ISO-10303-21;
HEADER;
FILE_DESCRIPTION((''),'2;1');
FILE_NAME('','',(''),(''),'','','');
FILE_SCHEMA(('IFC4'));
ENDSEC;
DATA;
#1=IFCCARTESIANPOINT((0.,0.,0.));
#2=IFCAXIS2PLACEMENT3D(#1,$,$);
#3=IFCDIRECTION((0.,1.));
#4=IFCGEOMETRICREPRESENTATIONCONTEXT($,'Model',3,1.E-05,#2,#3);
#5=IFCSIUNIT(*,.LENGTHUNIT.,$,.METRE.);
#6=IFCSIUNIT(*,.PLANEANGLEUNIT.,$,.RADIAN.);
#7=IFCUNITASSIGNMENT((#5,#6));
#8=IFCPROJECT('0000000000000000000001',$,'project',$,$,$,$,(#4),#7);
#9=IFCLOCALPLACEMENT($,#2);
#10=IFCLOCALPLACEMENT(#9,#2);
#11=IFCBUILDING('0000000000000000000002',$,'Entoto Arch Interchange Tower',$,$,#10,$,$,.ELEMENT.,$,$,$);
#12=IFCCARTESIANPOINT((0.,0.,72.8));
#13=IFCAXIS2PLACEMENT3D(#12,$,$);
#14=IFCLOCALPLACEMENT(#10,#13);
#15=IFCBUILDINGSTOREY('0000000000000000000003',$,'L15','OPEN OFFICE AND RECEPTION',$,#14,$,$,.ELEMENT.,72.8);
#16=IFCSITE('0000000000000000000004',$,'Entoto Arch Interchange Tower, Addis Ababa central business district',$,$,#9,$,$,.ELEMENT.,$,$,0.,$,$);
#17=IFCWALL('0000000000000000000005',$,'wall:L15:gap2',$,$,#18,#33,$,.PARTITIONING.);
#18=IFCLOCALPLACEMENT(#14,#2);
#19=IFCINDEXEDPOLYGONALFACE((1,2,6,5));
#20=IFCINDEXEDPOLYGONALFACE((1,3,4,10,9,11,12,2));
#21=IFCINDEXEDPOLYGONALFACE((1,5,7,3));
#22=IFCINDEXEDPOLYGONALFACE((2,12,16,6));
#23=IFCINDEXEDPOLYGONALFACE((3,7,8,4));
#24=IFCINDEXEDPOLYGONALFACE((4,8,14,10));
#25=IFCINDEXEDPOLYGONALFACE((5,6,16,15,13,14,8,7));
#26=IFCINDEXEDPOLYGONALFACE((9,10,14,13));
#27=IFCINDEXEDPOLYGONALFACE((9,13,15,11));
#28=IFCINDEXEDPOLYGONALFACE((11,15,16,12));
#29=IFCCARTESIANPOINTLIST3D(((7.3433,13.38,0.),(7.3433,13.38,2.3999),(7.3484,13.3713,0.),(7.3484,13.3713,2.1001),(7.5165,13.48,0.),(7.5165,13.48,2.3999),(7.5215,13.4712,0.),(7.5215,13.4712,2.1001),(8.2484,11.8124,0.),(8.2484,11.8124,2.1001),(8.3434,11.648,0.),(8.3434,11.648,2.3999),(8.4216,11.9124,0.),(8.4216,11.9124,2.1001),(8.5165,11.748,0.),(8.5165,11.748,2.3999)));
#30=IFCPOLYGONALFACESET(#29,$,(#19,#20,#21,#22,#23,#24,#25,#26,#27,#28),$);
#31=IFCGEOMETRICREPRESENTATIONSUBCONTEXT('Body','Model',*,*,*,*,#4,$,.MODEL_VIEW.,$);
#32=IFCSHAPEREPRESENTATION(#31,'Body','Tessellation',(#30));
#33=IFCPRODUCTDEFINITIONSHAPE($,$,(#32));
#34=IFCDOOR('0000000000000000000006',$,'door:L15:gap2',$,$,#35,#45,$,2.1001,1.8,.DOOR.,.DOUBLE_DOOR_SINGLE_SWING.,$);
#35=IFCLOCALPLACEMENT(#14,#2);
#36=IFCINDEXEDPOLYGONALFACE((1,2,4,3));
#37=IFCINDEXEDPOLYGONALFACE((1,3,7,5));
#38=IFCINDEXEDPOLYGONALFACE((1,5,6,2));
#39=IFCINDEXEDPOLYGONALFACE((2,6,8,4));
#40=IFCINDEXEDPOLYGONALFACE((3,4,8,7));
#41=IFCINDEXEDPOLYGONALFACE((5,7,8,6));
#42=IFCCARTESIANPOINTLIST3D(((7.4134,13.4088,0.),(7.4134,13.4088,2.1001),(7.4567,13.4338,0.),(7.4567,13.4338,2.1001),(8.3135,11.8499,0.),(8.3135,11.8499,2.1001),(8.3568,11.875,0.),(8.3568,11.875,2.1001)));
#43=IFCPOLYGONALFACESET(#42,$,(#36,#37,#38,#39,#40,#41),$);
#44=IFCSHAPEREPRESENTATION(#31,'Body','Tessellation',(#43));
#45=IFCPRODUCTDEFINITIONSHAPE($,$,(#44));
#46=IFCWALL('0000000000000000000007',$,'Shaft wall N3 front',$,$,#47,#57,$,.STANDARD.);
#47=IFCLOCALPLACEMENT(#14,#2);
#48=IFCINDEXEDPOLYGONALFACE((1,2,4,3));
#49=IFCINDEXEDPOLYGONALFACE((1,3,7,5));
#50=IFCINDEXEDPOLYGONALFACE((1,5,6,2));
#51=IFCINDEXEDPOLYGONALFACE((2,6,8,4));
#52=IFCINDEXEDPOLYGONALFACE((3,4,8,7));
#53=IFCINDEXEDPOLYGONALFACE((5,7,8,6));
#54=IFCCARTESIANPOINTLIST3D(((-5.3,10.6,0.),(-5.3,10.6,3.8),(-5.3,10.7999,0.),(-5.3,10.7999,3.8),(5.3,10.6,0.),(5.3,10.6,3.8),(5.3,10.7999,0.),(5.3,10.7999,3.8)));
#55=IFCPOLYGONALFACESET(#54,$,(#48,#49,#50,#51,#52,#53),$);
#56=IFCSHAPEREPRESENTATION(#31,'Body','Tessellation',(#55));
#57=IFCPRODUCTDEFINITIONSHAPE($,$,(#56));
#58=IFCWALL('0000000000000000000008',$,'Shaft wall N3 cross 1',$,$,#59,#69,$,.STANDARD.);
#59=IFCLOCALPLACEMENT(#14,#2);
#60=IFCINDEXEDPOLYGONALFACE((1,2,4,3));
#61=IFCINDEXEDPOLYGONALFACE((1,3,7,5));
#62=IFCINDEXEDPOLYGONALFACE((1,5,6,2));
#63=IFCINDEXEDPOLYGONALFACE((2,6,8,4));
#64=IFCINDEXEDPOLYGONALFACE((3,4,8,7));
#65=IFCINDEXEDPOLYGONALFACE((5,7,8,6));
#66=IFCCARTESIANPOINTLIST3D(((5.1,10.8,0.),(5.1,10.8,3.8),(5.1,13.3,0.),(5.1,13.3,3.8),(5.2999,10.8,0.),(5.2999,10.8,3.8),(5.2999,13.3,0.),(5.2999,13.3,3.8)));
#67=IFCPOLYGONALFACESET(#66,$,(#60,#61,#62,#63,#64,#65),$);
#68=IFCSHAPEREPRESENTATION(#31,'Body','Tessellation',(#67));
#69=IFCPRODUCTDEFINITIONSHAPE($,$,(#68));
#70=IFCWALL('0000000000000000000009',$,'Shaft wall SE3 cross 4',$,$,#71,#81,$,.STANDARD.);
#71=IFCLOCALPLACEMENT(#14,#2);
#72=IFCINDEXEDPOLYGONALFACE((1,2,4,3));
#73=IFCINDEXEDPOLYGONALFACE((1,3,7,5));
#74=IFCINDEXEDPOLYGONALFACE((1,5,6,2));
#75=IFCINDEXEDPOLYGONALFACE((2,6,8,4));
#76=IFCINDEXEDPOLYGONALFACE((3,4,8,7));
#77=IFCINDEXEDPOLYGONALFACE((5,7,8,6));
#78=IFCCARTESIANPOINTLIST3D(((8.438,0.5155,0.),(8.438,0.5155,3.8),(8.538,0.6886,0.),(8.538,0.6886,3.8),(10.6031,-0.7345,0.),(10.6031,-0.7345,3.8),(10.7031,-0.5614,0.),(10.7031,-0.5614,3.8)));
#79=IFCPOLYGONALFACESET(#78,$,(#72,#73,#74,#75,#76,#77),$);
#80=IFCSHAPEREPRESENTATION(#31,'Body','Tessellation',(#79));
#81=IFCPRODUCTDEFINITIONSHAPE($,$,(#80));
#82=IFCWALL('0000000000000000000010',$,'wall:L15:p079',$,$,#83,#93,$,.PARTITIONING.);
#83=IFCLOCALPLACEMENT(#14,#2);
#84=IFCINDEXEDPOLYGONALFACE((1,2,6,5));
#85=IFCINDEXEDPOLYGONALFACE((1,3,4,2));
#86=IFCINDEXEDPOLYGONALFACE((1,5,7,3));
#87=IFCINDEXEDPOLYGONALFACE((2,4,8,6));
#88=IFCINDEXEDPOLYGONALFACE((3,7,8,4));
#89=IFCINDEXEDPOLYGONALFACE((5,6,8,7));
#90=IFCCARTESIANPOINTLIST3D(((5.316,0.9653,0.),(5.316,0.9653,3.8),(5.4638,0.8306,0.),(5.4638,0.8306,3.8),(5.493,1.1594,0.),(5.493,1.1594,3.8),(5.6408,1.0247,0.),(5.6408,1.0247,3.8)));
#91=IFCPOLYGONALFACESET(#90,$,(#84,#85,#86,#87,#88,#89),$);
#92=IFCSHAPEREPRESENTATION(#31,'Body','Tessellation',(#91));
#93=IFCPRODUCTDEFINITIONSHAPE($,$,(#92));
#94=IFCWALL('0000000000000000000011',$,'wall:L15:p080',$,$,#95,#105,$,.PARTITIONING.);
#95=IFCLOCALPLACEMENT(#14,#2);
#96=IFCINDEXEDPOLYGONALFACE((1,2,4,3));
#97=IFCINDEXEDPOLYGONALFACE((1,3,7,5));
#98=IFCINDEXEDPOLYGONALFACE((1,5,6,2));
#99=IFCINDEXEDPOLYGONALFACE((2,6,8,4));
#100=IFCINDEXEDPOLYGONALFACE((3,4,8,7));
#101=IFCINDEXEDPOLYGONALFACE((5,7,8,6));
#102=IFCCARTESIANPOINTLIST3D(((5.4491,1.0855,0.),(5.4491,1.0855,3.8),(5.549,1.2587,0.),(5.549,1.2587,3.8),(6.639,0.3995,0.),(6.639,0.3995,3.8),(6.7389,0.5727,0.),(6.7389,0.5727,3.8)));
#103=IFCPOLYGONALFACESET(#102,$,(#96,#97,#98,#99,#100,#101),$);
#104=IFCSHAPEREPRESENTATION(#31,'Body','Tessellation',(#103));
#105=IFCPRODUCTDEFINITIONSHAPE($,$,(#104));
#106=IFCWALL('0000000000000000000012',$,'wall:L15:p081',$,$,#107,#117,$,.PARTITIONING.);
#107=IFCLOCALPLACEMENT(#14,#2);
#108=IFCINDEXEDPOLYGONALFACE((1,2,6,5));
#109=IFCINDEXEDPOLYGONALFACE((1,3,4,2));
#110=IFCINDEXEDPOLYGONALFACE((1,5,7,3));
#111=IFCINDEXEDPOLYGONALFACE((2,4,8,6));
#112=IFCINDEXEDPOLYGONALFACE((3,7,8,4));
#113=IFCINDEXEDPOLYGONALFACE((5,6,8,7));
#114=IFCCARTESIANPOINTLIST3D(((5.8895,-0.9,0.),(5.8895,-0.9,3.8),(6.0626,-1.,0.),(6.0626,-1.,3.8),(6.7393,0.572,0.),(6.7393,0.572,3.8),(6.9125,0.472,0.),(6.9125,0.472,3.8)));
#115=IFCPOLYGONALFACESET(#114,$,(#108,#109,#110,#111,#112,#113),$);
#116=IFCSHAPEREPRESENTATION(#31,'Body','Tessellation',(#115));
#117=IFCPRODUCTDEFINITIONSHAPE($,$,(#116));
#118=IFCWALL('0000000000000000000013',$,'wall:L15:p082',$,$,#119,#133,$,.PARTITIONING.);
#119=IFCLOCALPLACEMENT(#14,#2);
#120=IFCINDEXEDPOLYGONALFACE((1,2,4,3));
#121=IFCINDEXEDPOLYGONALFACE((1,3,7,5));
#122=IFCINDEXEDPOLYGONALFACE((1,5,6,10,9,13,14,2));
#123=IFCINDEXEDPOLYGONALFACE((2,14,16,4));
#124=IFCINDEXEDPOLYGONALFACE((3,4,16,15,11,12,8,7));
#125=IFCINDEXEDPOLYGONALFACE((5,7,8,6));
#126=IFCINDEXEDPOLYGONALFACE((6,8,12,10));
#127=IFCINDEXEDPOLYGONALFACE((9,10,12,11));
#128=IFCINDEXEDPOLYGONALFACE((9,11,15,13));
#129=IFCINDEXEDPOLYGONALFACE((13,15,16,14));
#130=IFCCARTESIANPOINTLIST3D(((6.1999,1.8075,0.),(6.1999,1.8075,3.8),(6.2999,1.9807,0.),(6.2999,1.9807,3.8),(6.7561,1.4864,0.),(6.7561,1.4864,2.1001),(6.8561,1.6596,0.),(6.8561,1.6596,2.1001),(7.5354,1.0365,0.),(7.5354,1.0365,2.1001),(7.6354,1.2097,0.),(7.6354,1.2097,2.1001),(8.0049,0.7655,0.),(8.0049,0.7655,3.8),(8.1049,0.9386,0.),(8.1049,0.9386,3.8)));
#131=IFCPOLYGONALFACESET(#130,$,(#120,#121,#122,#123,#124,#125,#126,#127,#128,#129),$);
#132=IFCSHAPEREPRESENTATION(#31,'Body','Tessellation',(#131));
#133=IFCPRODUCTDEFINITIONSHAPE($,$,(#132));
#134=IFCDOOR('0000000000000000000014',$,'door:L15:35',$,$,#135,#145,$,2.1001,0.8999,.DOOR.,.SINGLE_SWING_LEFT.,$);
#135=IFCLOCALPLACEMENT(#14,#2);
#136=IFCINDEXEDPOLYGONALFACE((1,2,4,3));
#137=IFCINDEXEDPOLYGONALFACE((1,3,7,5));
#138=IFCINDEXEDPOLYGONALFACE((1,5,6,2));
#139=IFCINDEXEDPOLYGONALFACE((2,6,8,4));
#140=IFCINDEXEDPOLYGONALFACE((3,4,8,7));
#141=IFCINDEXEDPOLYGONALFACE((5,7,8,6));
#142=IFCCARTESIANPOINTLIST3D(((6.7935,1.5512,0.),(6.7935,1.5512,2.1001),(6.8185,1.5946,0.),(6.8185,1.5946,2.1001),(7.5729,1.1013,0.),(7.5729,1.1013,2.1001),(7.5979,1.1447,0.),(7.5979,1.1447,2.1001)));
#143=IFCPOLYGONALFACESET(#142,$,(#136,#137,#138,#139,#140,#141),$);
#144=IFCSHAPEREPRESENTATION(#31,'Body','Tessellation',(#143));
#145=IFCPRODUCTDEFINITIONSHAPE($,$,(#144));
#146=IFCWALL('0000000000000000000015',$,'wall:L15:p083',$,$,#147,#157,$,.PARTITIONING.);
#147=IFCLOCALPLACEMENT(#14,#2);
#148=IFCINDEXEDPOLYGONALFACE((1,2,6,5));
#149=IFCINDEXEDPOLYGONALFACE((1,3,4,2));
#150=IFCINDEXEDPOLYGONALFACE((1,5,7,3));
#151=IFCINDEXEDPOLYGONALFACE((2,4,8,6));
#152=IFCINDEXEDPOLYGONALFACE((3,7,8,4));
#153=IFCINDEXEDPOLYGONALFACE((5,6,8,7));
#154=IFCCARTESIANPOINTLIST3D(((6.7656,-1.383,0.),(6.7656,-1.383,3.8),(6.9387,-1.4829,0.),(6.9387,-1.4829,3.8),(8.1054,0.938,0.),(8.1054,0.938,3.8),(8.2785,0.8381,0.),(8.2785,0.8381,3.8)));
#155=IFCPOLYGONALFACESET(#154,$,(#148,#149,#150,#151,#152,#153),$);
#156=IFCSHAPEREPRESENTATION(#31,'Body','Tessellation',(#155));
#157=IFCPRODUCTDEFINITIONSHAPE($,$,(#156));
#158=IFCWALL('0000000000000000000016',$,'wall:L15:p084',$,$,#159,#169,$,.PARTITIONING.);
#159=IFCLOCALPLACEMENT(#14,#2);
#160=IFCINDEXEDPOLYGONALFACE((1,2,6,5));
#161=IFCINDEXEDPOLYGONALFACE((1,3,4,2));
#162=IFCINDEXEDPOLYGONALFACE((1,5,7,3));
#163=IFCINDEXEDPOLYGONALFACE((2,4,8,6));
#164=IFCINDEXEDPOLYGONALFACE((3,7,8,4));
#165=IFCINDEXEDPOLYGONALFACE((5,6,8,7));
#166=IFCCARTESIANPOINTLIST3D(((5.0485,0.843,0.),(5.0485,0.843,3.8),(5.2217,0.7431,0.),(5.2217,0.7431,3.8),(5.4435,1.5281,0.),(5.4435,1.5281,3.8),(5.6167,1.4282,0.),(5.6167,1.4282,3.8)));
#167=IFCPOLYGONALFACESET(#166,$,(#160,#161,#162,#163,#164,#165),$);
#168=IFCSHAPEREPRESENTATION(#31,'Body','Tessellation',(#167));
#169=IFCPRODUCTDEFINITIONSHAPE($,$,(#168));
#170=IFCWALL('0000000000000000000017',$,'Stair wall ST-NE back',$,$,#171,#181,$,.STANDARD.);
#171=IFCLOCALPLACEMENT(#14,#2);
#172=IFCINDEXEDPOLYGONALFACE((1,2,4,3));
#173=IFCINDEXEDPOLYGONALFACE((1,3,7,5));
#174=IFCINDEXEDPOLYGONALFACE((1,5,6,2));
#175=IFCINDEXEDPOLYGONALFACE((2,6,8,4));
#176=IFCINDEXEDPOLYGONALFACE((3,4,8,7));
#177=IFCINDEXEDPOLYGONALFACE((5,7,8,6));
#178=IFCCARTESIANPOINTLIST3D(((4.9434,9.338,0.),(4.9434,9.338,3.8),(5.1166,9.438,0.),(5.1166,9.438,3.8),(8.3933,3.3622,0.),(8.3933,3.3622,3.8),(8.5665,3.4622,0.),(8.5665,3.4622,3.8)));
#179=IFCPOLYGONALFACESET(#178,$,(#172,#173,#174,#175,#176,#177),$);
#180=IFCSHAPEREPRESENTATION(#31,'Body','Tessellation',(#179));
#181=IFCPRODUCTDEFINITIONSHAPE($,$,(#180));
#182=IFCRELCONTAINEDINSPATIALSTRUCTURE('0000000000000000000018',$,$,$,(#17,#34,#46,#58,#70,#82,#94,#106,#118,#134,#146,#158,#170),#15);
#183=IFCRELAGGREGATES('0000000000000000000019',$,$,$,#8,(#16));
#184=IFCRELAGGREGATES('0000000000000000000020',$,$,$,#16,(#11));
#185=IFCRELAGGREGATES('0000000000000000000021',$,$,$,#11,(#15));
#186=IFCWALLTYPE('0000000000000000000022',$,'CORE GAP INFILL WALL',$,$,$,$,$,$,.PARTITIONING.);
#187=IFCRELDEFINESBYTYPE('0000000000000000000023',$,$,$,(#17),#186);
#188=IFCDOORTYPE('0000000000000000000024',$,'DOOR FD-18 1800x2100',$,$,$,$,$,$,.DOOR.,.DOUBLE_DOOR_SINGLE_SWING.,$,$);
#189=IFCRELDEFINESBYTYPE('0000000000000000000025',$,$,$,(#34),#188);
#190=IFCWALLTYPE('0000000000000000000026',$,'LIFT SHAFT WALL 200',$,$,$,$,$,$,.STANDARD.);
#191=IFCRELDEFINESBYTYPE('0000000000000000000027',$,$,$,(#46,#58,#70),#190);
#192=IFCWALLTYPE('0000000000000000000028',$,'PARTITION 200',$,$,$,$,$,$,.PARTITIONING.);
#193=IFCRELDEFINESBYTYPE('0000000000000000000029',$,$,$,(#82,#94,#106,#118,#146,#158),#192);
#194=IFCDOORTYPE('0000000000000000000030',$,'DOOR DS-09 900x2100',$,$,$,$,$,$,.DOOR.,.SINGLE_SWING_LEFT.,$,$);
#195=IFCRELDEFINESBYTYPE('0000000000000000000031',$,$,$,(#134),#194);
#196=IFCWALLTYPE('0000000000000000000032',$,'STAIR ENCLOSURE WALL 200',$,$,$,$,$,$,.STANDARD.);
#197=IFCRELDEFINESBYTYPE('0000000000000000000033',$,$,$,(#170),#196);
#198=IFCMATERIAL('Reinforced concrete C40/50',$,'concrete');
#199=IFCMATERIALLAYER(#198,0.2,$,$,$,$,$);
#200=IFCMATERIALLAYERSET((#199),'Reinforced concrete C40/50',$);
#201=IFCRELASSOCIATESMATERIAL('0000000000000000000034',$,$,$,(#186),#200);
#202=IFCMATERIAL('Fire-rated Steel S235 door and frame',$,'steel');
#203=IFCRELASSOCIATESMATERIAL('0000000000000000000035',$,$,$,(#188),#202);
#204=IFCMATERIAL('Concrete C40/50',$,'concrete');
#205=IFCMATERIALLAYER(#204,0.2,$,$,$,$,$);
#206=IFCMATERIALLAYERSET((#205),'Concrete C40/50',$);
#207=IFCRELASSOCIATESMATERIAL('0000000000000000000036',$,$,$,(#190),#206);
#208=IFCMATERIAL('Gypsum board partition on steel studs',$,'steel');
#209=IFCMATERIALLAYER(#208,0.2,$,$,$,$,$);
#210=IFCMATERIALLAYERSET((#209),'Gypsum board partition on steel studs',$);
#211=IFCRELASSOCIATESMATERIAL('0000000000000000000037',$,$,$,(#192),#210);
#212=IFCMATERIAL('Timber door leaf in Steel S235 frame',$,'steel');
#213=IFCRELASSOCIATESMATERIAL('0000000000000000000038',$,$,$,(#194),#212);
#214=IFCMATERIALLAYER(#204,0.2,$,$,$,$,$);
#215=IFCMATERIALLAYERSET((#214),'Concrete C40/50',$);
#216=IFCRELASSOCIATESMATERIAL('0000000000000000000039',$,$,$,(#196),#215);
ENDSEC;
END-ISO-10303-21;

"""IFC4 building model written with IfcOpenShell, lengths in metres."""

from ifc_helpers import new_model, si_unit, direction, frame, frame_2d, origin, place, context, subcontext, project, spatial, rectangle, extrude, material, layer, layer_set, type_object, element, fill, save


model = new_model("IFC4")

# Units and contexts
model_context = context("Model", 3, precision=1e-05, world=origin(), true_north=direction((0.0, 1.0)))
body_context = subcontext(model_context, "Body", "Model", "MODEL_VIEW")
ifc_project = project(units=[si_unit("LENGTHUNIT", "METRE"), si_unit("PLANEANGLEUNIT", "RADIAN")], contexts=[model_context])

# Site, building, storey
site_placement = place(None, origin())
site = spatial("IfcSite", under=ifc_project, at=site_placement, Name="Entoto Arch Interchange Tower, Addis Ababa central business district", CompositionType="ELEMENT", RefElevation=0.0)
building_placement = place(site_placement, origin())
building = spatial("IfcBuilding", under=site, at=building_placement, Name="Entoto Arch Interchange Tower", CompositionType="ELEMENT")
storey_placement = place(building_placement, frame((0.0, 0.0, 72.8)))
storey = spatial("IfcBuildingStorey", under=building, at=storey_placement, Name="L15", Description="OPEN OFFICE AND RECEPTION", CompositionType="ELEMENT", Elevation=72.8)

# Wall, opening, door
ifc_material_1 = material(Name="Reinforced concrete C40/50", Category="concrete")
ifc_layer_1 = layer(ifc_material_1, 0.2)
ifc_layer_set_1 = layer_set([ifc_layer_1], Name="Reinforced concrete C40/50")
wall_type_1 = type_object("IfcWallType", Name="CORE GAP INFILL WALL", PredefinedType="PARTITIONING", material=ifc_layer_set_1)
wall_1_placement = place(storey_placement, frame((8.4299, 11.698, 0.0), z_axis=(0.0, 0.0, 1.0), x_axis=(-0.500025, 0.866011, 0.0)))
wall_1 = element("IfcWall", 1, at=wall_1_placement, inside=storey, type_object=wall_type_1, Name="wall:L15:gap2", PredefinedType="PARTITIONING", context=body_context, shape_type="SweptSolid", body=[
    extrude(rectangle(XDim=2.0, YDim=0.2, at=frame_2d((1.0, 0.0))), origin(), (0.0, 0.0, 1.0), 2.3999),
])
opening_1_placement = place(wall_1_placement, frame((0.1899, 0.0, 0.0)))
opening_1 = element("IfcOpeningElement", 2, at=opening_1_placement, cuts=wall_1, PredefinedType="OPENING", context=body_context, shape_type="SweptSolid", body=[
    extrude(rectangle(XDim=1.8, YDim=2.1001, at=frame_2d((0.8999, 1.05))), frame((0.0, 0.1099, 0.0), z_axis=(0.0, -1.0, 0.0), x_axis=(1.0, 0.0, 0.0)), (0.0, 0.0, 1.0), 0.22),
])
ifc_material_2 = material(Name="Fire-rated Steel S235 door and frame", Category="steel")
door_type_1 = type_object("IfcDoorType", Name="DOOR FD-18 1800x2100", OperationType="DOUBLE_DOOR_SINGLE_SWING", PredefinedType="DOOR", material=ifc_material_2)
door_1_placement = place(opening_1_placement, origin())
door_1 = element("IfcDoor", 3, at=door_1_placement, inside=storey, type_object=door_type_1, Name="door:L15:gap2", OperationType="DOUBLE_DOOR_SINGLE_SWING", OverallHeight=2.1001, OverallWidth=1.8, PredefinedType="DOOR", context=body_context, shape_type="SweptSolid", body=[
    extrude(rectangle(XDim=1.8, YDim=2.1001, at=frame_2d((0.8999, 1.05))), frame((0.0, 0.0249, 0.0), z_axis=(0.0, -1.0, 0.0), x_axis=(1.0, 0.0, 0.0)), (0.0, 0.0, 1.0), 0.05),
])
fill(opening_1, door_1)

# Walls
ifc_material_3 = material(Name="Concrete C40/50", Category="concrete")
ifc_layer_2 = layer(ifc_material_3, 0.2)
ifc_layer_set_2 = layer_set([ifc_layer_2], Name="Concrete C40/50")
wall_type_2 = type_object("IfcWallType", Name="LIFT SHAFT WALL 200", PredefinedType="STANDARD", material=ifc_layer_set_2)
wall_2_placement = place(storey_placement, frame((5.3, 10.7, 0.0), z_axis=(0.0, 0.0, 1.0), x_axis=(-1.0, 0.0, 0.0)))
element("IfcWall", 4, at=wall_2_placement, inside=storey, type_object=wall_type_2, Name="Shaft wall N3 front", PredefinedType="STANDARD", context=body_context, shape_type="SweptSolid", body=[
    extrude(rectangle(XDim=10.6001, YDim=0.2, at=frame_2d((5.3, 0.0))), origin(), (0.0, 0.0, 1.0), 3.8),
])
for number, where, z_axis, x_axis, name in (
    (5, (5.2, 10.8, 0.0), (0.0, 0.0, 1.0), (0.0, 1.0, 0.0), "Shaft wall N3 cross 1"),
    (6, (8.488, 0.6021, 0.0), (0.0, 0.0, 1.0), (0.866023, -0.500004, 0.0), "Shaft wall SE3 cross 4"),
):
    element("IfcWall", number, at=place(storey_placement, frame(where, z_axis=z_axis, x_axis=x_axis)), inside=storey, type_object=wall_type_2, Name=name, PredefinedType="STANDARD", context=body_context, shape_type="SweptSolid", body=[
        extrude(rectangle(XDim=2.5, YDim=0.2, at=frame_2d((1.25, 0.0))), origin(), (0.0, 0.0, 1.0), 3.8),
    ])
ifc_material_4 = material(Name="Gypsum board partition on steel studs", Category="steel")
ifc_layer_3 = layer(ifc_material_4, 0.2)
ifc_layer_set_3 = layer_set([ifc_layer_3], Name="Gypsum board partition on steel studs")
wall_type_3 = type_object("IfcWallType", Name="PARTITION 200", PredefinedType="PARTITIONING", material=ifc_layer_set_3)
wall_3_placement = place(storey_placement, frame((5.3899, 0.8979, 0.0), z_axis=(0.0, 0.0, 1.0), x_axis=(0.673828, 0.738888, 0.0)))
element("IfcWall", 7, at=wall_3_placement, inside=storey, type_object=wall_type_3, Name="wall:L15:p079", PredefinedType="PARTITIONING", context=body_context, shape_type="SweptSolid", body=[
    extrude(rectangle(XDim=0.2627, YDim=0.2, at=frame_2d((0.1313, 0.0))), origin(), (0.0, 0.0, 1.0), 3.8),
])
wall_4_placement = place(storey_placement, frame((5.499, 1.1721, 0.0), z_axis=(0.0, 0.0, 1.0), x_axis=(0.866334, -0.499466, 0.0)))
element("IfcWall", 8, at=wall_4_placement, inside=storey, type_object=wall_type_3, Name="wall:L15:p080", PredefinedType="PARTITIONING", context=body_context, shape_type="SweptSolid", body=[
    extrude(rectangle(XDim=1.3735, YDim=0.2, at=frame_2d((0.6868, 0.0))), origin(), (0.0, 0.0, 1.0), 3.8),
])
wall_5_placement = place(storey_placement, frame((6.8259, 0.522, 0.0), z_axis=(0.0, 0.0, 1.0), x_axis=(-0.500017, -0.866016, 0.0)))
element("IfcWall", 9, at=wall_5_placement, inside=storey, type_object=wall_type_3, Name="wall:L15:p081", PredefinedType="PARTITIONING", context=body_context, shape_type="SweptSolid", body=[
    extrude(rectangle(XDim=1.6997, YDim=0.2, at=frame_2d((0.8499, 0.0))), origin(), (0.0, 0.0, 1.0), 3.8),
])

# Wall, opening, door
wall_6_placement = place(storey_placement, frame((6.25, 1.894, 0.0), z_axis=(0.0, 0.0, 1.0), x_axis=(0.866043, -0.499969, 0.0)))
wall_6 = element("IfcWall", 10, at=wall_6_placement, inside=storey, type_object=wall_type_3, Name="wall:L15:p082", PredefinedType="PARTITIONING", context=body_context, shape_type="SweptSolid", body=[
    extrude(rectangle(XDim=2.0842, YDim=0.2, at=frame_2d((1.042, 0.0))), origin(), (0.0, 0.0, 1.0), 3.8),
])
opening_2_placement = place(wall_6_placement, frame((0.6421, 0.0, 0.0)))
opening_2 = element("IfcOpeningElement", 11, at=opening_2_placement, cuts=wall_6, PredefinedType="OPENING", context=body_context, shape_type="SweptSolid", body=[
    extrude(rectangle(XDim=0.8999, YDim=2.1001, at=frame_2d((0.45, 1.05))), frame((0.0, 0.1099, 0.0), z_axis=(0.0, -1.0, 0.0), x_axis=(1.0, 0.0, 0.0)), (0.0, 0.0, 1.0), 0.22),
])
ifc_material_5 = material(Name="Timber door leaf in Steel S235 frame", Category="steel")
door_type_2 = type_object("IfcDoorType", Name="DOOR DS-09 900x2100", OperationType="SINGLE_SWING_LEFT", PredefinedType="DOOR", material=ifc_material_5)
door_2_placement = place(opening_2_placement, origin())
door_2 = element("IfcDoor", 12, at=door_2_placement, inside=storey, type_object=door_type_2, Name="door:L15:35", OperationType="SINGLE_SWING_LEFT", OverallHeight=2.1001, OverallWidth=0.8999, PredefinedType="DOOR", context=body_context, shape_type="SweptSolid", body=[
    extrude(rectangle(XDim=0.8999, YDim=2.1001, at=frame_2d((0.45, 1.05))), frame((0.0, 0.0249, 0.0), z_axis=(0.0, -1.0, 0.0), x_axis=(1.0, 0.0, 0.0)), (0.0, 0.0, 1.0), 0.05),
])
fill(opening_2, door_2)

# Walls
wall_7_placement = place(storey_placement, frame((8.1919, 0.8879, 0.0), z_axis=(0.0, 0.0, 1.0), x_axis=(-0.499941, -0.86606, 0.0)))
element("IfcWall", 13, at=wall_7_placement, inside=storey, type_object=wall_type_3, Name="wall:L15:p083", PredefinedType="PARTITIONING", context=body_context, shape_type="SweptSolid", body=[
    extrude(rectangle(XDim=2.6799, YDim=0.2, at=frame_2d((1.3398, 0.0))), origin(), (0.0, 0.0, 1.0), 3.8),
])
wall_8_placement = place(storey_placement, frame((5.135, 0.793, 0.0), z_axis=(0.0, 0.0, 1.0), x_axis=(0.499526, 0.866299, 0.0)))
element("IfcWall", 14, at=wall_8_placement, inside=storey, type_object=wall_type_3, Name="wall:L15:p084", PredefinedType="PARTITIONING", context=body_context, shape_type="SweptSolid", body=[
    extrude(rectangle(XDim=0.7908, YDim=0.2, at=frame_2d((0.3955, 0.0))), origin(), (0.0, 0.0, 1.0), 3.8),
])
ifc_layer_4 = layer(ifc_material_3, 0.2)
ifc_layer_set_4 = layer_set([ifc_layer_4], Name="Concrete C40/50")
wall_type_4 = type_object("IfcWallType", Name="STAIR ENCLOSURE WALL 200", PredefinedType="STANDARD", material=ifc_layer_set_4)
wall_9_placement = place(storey_placement, frame((8.48, 3.4121, 0.0), z_axis=(0.0, 0.0, 1.0), x_axis=(-0.499979, 0.866038, 0.0)))
element("IfcWall", 15, at=wall_9_placement, inside=storey, type_object=wall_type_4, Name="Stair wall ST-NE back", PredefinedType="STANDARD", context=body_context, shape_type="SweptSolid", body=[
    extrude(rectangle(XDim=6.9001, YDim=0.2, at=frame_2d((3.4502, 0.0))), origin(), (0.0, 0.0, 1.0), 3.8),
])

save(model, "model.ifc")
